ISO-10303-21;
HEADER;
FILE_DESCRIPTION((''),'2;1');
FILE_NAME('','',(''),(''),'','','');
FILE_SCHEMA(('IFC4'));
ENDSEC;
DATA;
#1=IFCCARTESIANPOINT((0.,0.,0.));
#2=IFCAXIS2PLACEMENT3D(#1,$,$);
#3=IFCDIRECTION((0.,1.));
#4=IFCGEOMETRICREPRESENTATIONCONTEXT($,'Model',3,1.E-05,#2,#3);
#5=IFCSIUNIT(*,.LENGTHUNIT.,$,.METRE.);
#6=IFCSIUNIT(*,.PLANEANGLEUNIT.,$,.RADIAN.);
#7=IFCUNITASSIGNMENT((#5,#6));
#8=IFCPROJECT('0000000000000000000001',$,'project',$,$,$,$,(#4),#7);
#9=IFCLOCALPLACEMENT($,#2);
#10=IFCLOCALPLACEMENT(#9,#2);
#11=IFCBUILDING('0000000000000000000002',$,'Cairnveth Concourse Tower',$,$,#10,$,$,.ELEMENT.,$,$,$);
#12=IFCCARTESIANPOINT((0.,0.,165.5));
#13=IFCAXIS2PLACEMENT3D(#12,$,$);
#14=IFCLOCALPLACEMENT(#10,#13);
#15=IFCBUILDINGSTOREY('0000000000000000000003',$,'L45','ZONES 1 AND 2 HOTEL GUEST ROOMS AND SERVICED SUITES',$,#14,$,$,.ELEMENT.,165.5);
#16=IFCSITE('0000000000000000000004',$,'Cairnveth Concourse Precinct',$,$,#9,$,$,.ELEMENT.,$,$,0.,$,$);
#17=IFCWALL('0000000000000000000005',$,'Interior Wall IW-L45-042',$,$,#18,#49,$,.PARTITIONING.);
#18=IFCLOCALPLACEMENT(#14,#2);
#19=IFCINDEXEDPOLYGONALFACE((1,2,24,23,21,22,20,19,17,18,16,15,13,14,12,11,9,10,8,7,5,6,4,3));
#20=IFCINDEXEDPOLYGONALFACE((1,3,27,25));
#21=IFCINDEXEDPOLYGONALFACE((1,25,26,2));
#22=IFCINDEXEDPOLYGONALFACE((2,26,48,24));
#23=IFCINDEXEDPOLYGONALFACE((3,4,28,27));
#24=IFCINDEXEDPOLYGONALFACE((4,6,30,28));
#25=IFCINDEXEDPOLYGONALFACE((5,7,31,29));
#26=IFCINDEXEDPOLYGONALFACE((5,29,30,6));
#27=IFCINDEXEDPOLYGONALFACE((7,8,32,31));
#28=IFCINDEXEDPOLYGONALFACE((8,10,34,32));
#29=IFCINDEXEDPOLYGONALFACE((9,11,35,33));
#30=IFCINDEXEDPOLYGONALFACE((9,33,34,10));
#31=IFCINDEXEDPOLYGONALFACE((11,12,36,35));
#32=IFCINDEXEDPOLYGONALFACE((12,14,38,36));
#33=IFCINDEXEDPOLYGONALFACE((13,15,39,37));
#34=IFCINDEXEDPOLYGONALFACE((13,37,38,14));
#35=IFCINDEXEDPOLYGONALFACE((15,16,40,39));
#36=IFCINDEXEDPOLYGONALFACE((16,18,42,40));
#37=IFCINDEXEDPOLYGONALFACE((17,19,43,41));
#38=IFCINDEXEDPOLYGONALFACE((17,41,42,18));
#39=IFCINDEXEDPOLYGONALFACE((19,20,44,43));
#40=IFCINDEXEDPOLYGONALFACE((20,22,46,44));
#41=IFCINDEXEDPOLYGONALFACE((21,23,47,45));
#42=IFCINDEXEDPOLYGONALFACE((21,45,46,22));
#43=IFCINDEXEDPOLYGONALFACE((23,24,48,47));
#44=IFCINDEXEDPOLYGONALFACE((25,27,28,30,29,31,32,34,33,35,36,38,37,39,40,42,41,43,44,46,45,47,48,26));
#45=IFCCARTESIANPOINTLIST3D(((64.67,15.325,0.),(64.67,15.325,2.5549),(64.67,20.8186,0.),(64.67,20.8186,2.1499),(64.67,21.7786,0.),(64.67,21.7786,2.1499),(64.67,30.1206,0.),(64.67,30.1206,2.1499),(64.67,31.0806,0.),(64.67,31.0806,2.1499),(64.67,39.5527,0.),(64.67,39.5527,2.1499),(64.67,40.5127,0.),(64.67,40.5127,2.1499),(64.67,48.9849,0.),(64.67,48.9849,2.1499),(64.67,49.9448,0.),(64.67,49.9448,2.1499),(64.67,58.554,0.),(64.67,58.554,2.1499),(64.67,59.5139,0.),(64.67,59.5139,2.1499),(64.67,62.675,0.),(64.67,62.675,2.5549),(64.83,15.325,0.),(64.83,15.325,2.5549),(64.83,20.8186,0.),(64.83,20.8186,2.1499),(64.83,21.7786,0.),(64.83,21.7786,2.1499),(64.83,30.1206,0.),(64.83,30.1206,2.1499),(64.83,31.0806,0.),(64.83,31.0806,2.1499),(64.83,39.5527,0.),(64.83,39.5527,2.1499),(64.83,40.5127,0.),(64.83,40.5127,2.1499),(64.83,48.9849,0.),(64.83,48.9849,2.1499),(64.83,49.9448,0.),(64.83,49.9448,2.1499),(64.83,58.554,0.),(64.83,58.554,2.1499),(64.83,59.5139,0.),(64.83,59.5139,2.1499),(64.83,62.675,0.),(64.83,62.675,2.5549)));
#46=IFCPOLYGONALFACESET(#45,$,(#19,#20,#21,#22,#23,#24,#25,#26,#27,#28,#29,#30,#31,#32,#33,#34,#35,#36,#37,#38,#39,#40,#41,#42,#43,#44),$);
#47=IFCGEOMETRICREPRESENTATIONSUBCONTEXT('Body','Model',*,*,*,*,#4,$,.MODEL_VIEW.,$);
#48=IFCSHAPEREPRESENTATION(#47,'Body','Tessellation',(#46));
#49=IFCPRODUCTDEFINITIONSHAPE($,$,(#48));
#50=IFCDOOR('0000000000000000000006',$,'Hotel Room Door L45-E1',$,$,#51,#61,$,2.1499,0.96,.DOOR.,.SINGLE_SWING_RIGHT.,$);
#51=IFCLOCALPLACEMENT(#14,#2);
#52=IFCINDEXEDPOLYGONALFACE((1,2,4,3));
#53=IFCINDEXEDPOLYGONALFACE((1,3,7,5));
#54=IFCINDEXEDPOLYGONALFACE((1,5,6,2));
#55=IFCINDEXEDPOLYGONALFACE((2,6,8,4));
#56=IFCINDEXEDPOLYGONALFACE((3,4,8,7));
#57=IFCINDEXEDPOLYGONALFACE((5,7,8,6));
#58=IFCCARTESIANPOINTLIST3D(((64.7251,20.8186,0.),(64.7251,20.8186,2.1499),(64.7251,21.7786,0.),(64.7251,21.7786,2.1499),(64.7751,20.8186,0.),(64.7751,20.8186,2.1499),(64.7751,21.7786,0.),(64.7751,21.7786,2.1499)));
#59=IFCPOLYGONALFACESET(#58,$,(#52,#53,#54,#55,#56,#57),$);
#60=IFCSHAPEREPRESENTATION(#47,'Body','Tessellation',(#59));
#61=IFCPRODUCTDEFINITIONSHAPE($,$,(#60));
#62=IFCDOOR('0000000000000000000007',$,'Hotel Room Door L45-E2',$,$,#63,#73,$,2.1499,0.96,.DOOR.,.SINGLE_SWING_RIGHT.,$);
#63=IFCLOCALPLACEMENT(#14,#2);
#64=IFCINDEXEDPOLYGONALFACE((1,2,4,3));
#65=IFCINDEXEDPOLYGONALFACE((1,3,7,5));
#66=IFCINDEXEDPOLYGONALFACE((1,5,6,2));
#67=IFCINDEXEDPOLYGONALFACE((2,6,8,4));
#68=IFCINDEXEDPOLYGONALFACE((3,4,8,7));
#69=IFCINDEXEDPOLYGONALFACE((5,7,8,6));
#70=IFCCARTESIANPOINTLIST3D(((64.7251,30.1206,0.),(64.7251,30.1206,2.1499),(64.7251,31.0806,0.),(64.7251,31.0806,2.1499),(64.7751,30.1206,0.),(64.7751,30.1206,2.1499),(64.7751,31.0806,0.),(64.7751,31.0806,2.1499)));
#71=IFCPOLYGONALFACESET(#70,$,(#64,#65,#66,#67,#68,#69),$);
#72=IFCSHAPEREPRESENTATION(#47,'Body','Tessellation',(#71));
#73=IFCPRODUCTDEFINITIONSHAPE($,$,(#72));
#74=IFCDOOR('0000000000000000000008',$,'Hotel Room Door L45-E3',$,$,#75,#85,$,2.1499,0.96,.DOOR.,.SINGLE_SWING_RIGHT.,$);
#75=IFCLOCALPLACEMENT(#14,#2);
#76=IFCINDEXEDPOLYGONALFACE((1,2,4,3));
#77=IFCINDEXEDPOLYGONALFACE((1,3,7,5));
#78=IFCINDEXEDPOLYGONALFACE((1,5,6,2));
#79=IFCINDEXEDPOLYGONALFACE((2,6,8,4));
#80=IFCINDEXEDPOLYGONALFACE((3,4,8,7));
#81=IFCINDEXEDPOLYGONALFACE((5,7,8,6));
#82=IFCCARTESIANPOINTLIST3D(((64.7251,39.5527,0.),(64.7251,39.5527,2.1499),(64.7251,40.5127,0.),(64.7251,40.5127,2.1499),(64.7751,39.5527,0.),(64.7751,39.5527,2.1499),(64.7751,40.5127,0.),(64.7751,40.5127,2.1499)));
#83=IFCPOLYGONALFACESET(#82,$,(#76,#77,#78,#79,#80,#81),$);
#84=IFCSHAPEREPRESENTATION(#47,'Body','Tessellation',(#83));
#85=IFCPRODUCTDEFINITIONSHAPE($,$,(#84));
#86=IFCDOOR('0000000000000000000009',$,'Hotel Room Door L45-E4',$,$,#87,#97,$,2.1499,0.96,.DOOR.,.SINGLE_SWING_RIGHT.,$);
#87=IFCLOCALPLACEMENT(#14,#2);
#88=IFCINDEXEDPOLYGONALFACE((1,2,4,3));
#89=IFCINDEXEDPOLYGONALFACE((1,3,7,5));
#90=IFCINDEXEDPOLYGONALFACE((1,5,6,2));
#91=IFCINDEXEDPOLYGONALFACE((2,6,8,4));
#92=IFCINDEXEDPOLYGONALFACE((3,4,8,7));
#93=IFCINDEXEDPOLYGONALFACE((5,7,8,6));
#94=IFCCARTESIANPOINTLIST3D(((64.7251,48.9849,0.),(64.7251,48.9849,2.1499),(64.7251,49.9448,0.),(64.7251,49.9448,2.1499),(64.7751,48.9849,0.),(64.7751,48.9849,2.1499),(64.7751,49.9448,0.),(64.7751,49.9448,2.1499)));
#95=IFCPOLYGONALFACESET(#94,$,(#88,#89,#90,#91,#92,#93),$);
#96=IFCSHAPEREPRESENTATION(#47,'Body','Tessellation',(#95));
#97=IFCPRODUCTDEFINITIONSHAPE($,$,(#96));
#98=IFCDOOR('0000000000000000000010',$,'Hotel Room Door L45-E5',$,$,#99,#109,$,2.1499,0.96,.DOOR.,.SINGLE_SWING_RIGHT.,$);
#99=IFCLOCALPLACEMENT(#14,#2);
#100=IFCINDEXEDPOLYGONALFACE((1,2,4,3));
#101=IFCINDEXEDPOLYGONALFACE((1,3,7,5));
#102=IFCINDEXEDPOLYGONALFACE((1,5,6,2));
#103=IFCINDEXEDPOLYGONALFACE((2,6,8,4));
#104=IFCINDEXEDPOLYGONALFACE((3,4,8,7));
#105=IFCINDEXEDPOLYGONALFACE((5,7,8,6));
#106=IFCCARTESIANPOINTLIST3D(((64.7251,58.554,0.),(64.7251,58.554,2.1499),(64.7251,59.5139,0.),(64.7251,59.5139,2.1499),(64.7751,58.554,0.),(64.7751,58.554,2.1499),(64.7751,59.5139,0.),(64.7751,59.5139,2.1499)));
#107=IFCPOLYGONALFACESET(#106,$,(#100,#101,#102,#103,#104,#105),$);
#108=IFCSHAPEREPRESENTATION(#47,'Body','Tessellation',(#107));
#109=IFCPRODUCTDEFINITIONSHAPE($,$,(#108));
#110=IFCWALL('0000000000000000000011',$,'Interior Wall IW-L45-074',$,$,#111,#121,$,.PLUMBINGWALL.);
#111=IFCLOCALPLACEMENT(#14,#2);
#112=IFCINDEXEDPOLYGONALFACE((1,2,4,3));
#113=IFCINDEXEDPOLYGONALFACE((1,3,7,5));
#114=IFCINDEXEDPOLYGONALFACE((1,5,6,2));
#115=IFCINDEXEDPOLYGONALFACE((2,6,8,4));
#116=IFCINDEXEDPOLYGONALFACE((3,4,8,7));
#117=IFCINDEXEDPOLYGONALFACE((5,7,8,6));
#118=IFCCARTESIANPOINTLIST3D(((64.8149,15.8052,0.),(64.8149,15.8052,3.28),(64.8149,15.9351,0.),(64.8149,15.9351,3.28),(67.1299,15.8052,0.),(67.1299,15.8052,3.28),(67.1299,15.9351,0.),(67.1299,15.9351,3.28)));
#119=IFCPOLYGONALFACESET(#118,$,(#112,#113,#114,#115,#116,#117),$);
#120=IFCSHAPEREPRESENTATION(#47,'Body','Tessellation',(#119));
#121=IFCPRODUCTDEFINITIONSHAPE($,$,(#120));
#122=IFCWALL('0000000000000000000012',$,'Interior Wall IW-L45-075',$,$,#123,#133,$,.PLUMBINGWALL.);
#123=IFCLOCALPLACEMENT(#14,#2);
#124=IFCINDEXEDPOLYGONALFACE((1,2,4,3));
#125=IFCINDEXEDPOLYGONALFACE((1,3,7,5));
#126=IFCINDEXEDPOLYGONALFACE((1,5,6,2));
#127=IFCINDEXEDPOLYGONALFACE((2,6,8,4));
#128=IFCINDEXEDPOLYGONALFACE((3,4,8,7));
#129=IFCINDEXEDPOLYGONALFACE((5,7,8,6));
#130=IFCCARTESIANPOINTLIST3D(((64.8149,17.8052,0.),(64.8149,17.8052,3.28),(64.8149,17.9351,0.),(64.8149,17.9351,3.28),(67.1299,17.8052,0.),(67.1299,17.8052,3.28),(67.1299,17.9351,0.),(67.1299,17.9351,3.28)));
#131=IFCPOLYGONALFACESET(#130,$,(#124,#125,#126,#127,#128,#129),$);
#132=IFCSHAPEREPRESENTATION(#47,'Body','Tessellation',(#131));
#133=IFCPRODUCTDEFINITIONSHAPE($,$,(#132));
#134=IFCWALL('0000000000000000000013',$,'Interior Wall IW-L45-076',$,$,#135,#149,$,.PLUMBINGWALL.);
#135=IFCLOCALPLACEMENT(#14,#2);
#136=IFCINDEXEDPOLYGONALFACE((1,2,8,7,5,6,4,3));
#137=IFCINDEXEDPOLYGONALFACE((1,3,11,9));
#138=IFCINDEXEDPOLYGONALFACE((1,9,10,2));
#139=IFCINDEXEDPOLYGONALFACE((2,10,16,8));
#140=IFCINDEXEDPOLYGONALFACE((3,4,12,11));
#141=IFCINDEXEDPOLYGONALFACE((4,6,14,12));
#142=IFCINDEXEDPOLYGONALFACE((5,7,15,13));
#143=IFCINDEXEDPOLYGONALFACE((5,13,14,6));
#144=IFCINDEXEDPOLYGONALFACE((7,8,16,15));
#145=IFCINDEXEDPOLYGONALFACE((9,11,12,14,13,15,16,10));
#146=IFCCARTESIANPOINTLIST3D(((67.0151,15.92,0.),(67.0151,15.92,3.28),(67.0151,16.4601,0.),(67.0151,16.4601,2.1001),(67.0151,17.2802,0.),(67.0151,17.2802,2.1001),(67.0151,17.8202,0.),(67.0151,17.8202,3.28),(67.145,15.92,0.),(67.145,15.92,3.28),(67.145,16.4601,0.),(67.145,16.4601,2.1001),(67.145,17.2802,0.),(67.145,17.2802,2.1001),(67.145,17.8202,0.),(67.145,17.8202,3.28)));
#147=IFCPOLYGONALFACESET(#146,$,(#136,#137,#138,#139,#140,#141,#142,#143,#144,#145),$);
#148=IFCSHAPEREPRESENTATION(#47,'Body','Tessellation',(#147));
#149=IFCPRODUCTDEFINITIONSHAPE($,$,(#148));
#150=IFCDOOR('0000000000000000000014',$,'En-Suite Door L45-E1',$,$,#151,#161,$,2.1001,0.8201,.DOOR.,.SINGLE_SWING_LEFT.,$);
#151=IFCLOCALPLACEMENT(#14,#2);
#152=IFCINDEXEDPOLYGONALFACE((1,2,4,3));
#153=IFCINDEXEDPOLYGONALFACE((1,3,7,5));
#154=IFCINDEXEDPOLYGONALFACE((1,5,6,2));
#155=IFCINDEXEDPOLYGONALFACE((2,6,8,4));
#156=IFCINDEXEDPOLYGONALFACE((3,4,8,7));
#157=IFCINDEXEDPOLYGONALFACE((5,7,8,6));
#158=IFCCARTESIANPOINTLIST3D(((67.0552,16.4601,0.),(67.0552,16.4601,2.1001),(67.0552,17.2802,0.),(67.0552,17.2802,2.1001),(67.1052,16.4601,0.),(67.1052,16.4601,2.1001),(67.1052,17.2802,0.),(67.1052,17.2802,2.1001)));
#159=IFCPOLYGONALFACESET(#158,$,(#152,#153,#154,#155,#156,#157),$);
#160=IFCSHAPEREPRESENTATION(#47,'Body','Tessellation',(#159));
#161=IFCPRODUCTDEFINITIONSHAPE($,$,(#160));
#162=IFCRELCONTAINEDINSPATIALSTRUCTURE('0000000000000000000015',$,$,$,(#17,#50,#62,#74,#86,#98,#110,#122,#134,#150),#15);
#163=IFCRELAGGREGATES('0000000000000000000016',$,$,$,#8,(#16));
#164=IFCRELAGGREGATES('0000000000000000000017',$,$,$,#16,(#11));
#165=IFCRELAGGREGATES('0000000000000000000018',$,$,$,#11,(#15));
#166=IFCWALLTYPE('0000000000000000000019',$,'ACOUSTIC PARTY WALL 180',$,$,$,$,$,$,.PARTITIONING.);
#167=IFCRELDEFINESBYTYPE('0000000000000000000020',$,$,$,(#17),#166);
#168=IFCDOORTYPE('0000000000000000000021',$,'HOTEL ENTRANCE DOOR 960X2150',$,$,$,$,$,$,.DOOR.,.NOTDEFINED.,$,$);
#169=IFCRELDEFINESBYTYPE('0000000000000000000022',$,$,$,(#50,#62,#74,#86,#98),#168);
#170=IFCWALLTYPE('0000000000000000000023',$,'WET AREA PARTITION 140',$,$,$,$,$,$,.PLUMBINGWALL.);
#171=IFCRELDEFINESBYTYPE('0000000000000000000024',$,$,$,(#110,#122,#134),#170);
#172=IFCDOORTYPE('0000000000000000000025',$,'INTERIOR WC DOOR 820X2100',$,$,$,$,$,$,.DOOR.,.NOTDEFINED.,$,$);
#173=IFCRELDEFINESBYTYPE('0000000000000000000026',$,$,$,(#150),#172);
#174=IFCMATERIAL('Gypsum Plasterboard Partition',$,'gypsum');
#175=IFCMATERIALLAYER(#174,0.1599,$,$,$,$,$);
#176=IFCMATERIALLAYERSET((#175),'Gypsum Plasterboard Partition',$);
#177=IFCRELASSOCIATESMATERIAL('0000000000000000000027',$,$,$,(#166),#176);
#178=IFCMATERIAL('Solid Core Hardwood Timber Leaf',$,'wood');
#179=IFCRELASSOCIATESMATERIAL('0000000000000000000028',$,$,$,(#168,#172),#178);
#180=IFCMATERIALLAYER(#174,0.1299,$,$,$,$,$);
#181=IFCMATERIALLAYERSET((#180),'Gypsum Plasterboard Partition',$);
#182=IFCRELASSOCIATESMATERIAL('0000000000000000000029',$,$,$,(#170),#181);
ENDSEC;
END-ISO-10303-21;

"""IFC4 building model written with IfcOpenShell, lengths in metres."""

from ifc_helpers import new_model, si_unit, direction, frame, frame_2d, origin, place, context, subcontext, project, spatial, rectangle, extrude, material, layer, layer_set, type_object, element, fill, save


model = new_model("IFC4")

# Units and contexts
model_context = context("Model", 3, precision=1e-05, world=origin(), true_north=direction((0.0, 1.0)))
body_context = subcontext(model_context, "Body", "Model", "MODEL_VIEW")
ifc_project = project(units=[si_unit("LENGTHUNIT", "METRE"), si_unit("PLANEANGLEUNIT", "RADIAN")], contexts=[model_context])

# Site, building, storey
site_placement = place(None, origin())
site = spatial("IfcSite", under=ifc_project, at=site_placement, Name="Cairnveth Concourse Precinct", CompositionType="ELEMENT", RefElevation=0.0)
building_placement = place(site_placement, origin())
building = spatial("IfcBuilding", under=site, at=building_placement, Name="Cairnveth Concourse Tower", CompositionType="ELEMENT")
storey_placement = place(building_placement, frame((0.0, 0.0, 165.5)))
storey = spatial("IfcBuildingStorey", under=building, at=storey_placement, Name="L45", Description="ZONES 1 AND 2 HOTEL GUEST ROOMS AND SERVICED SUITES", CompositionType="ELEMENT", Elevation=165.5)

# Wall, openings, doors
ifc_material_1 = material(Name="Gypsum Plasterboard Partition", Category="gypsum")
ifc_layer_1 = layer(ifc_material_1, 0.1599)
ifc_layer_set_1 = layer_set([ifc_layer_1], Name="Gypsum Plasterboard Partition")
wall_type_1 = type_object("IfcWallType", Name="ACOUSTIC PARTY WALL 180", PredefinedType="PARTITIONING", material=ifc_layer_set_1)
wall_1_placement = place(storey_placement, frame((64.75, 15.325, 0.0), z_axis=(0.0, 0.0, 1.0), x_axis=(0.0, 1.0, 0.0)))
wall_1 = element("IfcWall", 1, at=wall_1_placement, inside=storey, type_object=wall_type_1, Name="Interior Wall IW-L45-042", PredefinedType="PARTITIONING", context=body_context, shape_type="SweptSolid", body=[
    extrude(rectangle(XDim=47.3501, YDim=0.1599, at=frame_2d((23.675, 0.0))), origin(), (0.0, 0.0, 1.0), 2.5549),
])
opening_1_placement = place(wall_1_placement, frame((5.4937, 0.0, 0.0)))
opening_1 = element("IfcOpeningElement", 2, at=opening_1_placement, cuts=wall_1, PredefinedType="OPENING", context=body_context, shape_type="SweptSolid", body=[
    extrude(rectangle(XDim=0.96, YDim=2.1499, at=frame_2d((0.48, 1.075))), frame((0.0, 0.0898, 0.0), z_axis=(0.0, -1.0, 0.0), x_axis=(1.0, 0.0, 0.0)), (0.0, 0.0, 1.0), 0.1799),
])
opening_2_placement = place(wall_1_placement, frame((14.7957, 0.0, 0.0)))
opening_2 = element("IfcOpeningElement", 3, at=opening_2_placement, cuts=wall_1, PredefinedType="OPENING", context=body_context, shape_type="SweptSolid", body=[
    extrude(rectangle(XDim=0.96, YDim=2.1499, at=frame_2d((0.48, 1.075))), frame((0.0, 0.0898, 0.0), z_axis=(0.0, -1.0, 0.0), x_axis=(1.0, 0.0, 0.0)), (0.0, 0.0, 1.0), 0.1799),
])
opening_3_placement = place(wall_1_placement, frame((24.2278, 0.0, 0.0)))
opening_3 = element("IfcOpeningElement", 4, at=opening_3_placement, cuts=wall_1, PredefinedType="OPENING", context=body_context, shape_type="SweptSolid", body=[
    extrude(rectangle(XDim=0.96, YDim=2.1499, at=frame_2d((0.48, 1.075))), frame((0.0, 0.0898, 0.0), z_axis=(0.0, -1.0, 0.0), x_axis=(1.0, 0.0, 0.0)), (0.0, 0.0, 1.0), 0.1799),
])
opening_4_placement = place(wall_1_placement, frame((33.6599, 0.0, 0.0)))
opening_4 = element("IfcOpeningElement", 5, at=opening_4_placement, cuts=wall_1, PredefinedType="OPENING", context=body_context, shape_type="SweptSolid", body=[
    extrude(rectangle(XDim=0.96, YDim=2.1499, at=frame_2d((0.48, 1.075))), frame((0.0, 0.0898, 0.0), z_axis=(0.0, -1.0, 0.0), x_axis=(1.0, 0.0, 0.0)), (0.0, 0.0, 1.0), 0.1799),
])
opening_5_placement = place(wall_1_placement, frame((43.229, 0.0, 0.0)))
opening_5 = element("IfcOpeningElement", 6, at=opening_5_placement, cuts=wall_1, PredefinedType="OPENING", context=body_context, shape_type="SweptSolid", body=[
    extrude(rectangle(XDim=0.96, YDim=2.1499, at=frame_2d((0.48, 1.075))), frame((0.0, 0.0898, 0.0), z_axis=(0.0, -1.0, 0.0), x_axis=(1.0, 0.0, 0.0)), (0.0, 0.0, 1.0), 0.1799),
])
ifc_material_2 = material(Name="Solid Core Hardwood Timber Leaf", Category="wood")
door_type_1 = type_object("IfcDoorType", Name="HOTEL ENTRANCE DOOR 960X2150", OperationType="NOTDEFINED", PredefinedType="DOOR", material=ifc_material_2)
door_1_placement = place(opening_1_placement, origin())
door_1 = element("IfcDoor", 7, at=door_1_placement, inside=storey, type_object=door_type_1, Name="Hotel Room Door L45-E1", OperationType="SINGLE_SWING_RIGHT", OverallHeight=2.1499, OverallWidth=0.96, PredefinedType="DOOR", context=body_context, shape_type="SweptSolid", body=[
    extrude(rectangle(XDim=0.96, YDim=2.1499, at=frame_2d((0.48, 1.075))), frame((0.0, 0.0249, 0.0), z_axis=(0.0, -1.0, 0.0), x_axis=(1.0, 0.0, 0.0)), (0.0, 0.0, 1.0), 0.05),
])
fill(opening_1, door_1)
door_2_placement = place(opening_2_placement, origin())
door_2 = element("IfcDoor", 8, at=door_2_placement, inside=storey, type_object=door_type_1, Name="Hotel Room Door L45-E2", OperationType="SINGLE_SWING_RIGHT", OverallHeight=2.1499, OverallWidth=0.96, PredefinedType="DOOR", context=body_context, shape_type="SweptSolid", body=[
    extrude(rectangle(XDim=0.96, YDim=2.1499, at=frame_2d((0.48, 1.075))), frame((0.0, 0.0249, 0.0), z_axis=(0.0, -1.0, 0.0), x_axis=(1.0, 0.0, 0.0)), (0.0, 0.0, 1.0), 0.05),
])
fill(opening_2, door_2)
door_3_placement = place(opening_3_placement, origin())
door_3 = element("IfcDoor", 9, at=door_3_placement, inside=storey, type_object=door_type_1, Name="Hotel Room Door L45-E3", OperationType="SINGLE_SWING_RIGHT", OverallHeight=2.1499, OverallWidth=0.96, PredefinedType="DOOR", context=body_context, shape_type="SweptSolid", body=[
    extrude(rectangle(XDim=0.96, YDim=2.1499, at=frame_2d((0.48, 1.075))), frame((0.0, 0.0249, 0.0), z_axis=(0.0, -1.0, 0.0), x_axis=(1.0, 0.0, 0.0)), (0.0, 0.0, 1.0), 0.05),
])
fill(opening_3, door_3)
door_4_placement = place(opening_4_placement, origin())
door_4 = element("IfcDoor", 10, at=door_4_placement, inside=storey, type_object=door_type_1, Name="Hotel Room Door L45-E4", OperationType="SINGLE_SWING_RIGHT", OverallHeight=2.1499, OverallWidth=0.96, PredefinedType="DOOR", context=body_context, shape_type="SweptSolid", body=[
    extrude(rectangle(XDim=0.96, YDim=2.1499, at=frame_2d((0.48, 1.075))), frame((0.0, 0.0249, 0.0), z_axis=(0.0, -1.0, 0.0), x_axis=(1.0, 0.0, 0.0)), (0.0, 0.0, 1.0), 0.05),
])
fill(opening_4, door_4)
door_5_placement = place(opening_5_placement, origin())
door_5 = element("IfcDoor", 11, at=door_5_placement, inside=storey, type_object=door_type_1, Name="Hotel Room Door L45-E5", OperationType="SINGLE_SWING_RIGHT", OverallHeight=2.1499, OverallWidth=0.96, PredefinedType="DOOR", context=body_context, shape_type="SweptSolid", body=[
    extrude(rectangle(XDim=0.96, YDim=2.1499, at=frame_2d((0.48, 1.075))), frame((0.0, 0.0249, 0.0), z_axis=(0.0, -1.0, 0.0), x_axis=(1.0, 0.0, 0.0)), (0.0, 0.0, 1.0), 0.05),
])
fill(opening_5, door_5)

# Walls
ifc_layer_2 = layer(ifc_material_1, 0.1299)
ifc_layer_set_2 = layer_set([ifc_layer_2], Name="Gypsum Plasterboard Partition")
wall_type_2 = type_object("IfcWallType", Name="WET AREA PARTITION 140", PredefinedType="PLUMBINGWALL", material=ifc_layer_set_2)
for number, where, z_axis, x_axis, name in (
    (12, (64.8149, 15.8701, 0.0), (0.0, 0.0, 1.0), (1.0, 0.0, 0.0), "Interior Wall IW-L45-074"),
    (13, (64.8149, 17.8701, 0.0), (0.0, 0.0, 1.0), (1.0, 0.0, 0.0), "Interior Wall IW-L45-075"),
):
    element("IfcWall", number, at=place(storey_placement, frame(where, z_axis=z_axis, x_axis=x_axis)), inside=storey, type_object=wall_type_2, Name=name, PredefinedType="PLUMBINGWALL", context=body_context, shape_type="SweptSolid", body=[
        extrude(rectangle(XDim=2.3149, YDim=0.1299, at=frame_2d((1.1575, 0.0))), origin(), (0.0, 0.0, 1.0), 3.28),
    ])

# Wall, opening, door
wall_2_placement = place(storey_placement, frame((67.0801, 15.9199, 0.0), z_axis=(0.0, 0.0, 1.0), x_axis=(0.0, 1.0, 0.0)))
wall_2 = element("IfcWall", 14, at=wall_2_placement, inside=storey, type_object=wall_type_2, Name="Interior Wall IW-L45-076", PredefinedType="PLUMBINGWALL", context=body_context, shape_type="SweptSolid", body=[
    extrude(rectangle(XDim=1.9001, YDim=0.1299, at=frame_2d((0.9502, 0.0))), origin(), (0.0, 0.0, 1.0), 3.28),
])
opening_6_placement = place(wall_2_placement, frame((0.54, 0.0, 0.0)))
opening_6 = element("IfcOpeningElement", 15, at=opening_6_placement, cuts=wall_2, PredefinedType="OPENING", context=body_context, shape_type="SweptSolid", body=[
    extrude(rectangle(XDim=0.8201, YDim=2.1001, at=frame_2d((0.4102, 1.05))), frame((0.0, 0.075, 0.0), z_axis=(0.0, -1.0, 0.0), x_axis=(1.0, 0.0, 0.0)), (0.0, 0.0, 1.0), 0.1499),
])
door_type_2 = type_object("IfcDoorType", Name="INTERIOR WC DOOR 820X2100", OperationType="NOTDEFINED", PredefinedType="DOOR", material=ifc_material_2)
door_6_placement = place(opening_6_placement, origin())
door_6 = element("IfcDoor", 16, at=door_6_placement, inside=storey, type_object=door_type_2, Name="En-Suite Door L45-E1", OperationType="SINGLE_SWING_LEFT", OverallHeight=2.1001, OverallWidth=0.8201, PredefinedType="DOOR", context=body_context, shape_type="SweptSolid", body=[
    extrude(rectangle(XDim=0.8201, YDim=2.1001, at=frame_2d((0.4102, 1.05))), frame((0.0, 0.0249, 0.0), z_axis=(0.0, -1.0, 0.0), x_axis=(1.0, 0.0, 0.0)), (0.0, 0.0, 1.0), 0.05),
])
fill(opening_6, door_6)

save(model, "model.ifc")
